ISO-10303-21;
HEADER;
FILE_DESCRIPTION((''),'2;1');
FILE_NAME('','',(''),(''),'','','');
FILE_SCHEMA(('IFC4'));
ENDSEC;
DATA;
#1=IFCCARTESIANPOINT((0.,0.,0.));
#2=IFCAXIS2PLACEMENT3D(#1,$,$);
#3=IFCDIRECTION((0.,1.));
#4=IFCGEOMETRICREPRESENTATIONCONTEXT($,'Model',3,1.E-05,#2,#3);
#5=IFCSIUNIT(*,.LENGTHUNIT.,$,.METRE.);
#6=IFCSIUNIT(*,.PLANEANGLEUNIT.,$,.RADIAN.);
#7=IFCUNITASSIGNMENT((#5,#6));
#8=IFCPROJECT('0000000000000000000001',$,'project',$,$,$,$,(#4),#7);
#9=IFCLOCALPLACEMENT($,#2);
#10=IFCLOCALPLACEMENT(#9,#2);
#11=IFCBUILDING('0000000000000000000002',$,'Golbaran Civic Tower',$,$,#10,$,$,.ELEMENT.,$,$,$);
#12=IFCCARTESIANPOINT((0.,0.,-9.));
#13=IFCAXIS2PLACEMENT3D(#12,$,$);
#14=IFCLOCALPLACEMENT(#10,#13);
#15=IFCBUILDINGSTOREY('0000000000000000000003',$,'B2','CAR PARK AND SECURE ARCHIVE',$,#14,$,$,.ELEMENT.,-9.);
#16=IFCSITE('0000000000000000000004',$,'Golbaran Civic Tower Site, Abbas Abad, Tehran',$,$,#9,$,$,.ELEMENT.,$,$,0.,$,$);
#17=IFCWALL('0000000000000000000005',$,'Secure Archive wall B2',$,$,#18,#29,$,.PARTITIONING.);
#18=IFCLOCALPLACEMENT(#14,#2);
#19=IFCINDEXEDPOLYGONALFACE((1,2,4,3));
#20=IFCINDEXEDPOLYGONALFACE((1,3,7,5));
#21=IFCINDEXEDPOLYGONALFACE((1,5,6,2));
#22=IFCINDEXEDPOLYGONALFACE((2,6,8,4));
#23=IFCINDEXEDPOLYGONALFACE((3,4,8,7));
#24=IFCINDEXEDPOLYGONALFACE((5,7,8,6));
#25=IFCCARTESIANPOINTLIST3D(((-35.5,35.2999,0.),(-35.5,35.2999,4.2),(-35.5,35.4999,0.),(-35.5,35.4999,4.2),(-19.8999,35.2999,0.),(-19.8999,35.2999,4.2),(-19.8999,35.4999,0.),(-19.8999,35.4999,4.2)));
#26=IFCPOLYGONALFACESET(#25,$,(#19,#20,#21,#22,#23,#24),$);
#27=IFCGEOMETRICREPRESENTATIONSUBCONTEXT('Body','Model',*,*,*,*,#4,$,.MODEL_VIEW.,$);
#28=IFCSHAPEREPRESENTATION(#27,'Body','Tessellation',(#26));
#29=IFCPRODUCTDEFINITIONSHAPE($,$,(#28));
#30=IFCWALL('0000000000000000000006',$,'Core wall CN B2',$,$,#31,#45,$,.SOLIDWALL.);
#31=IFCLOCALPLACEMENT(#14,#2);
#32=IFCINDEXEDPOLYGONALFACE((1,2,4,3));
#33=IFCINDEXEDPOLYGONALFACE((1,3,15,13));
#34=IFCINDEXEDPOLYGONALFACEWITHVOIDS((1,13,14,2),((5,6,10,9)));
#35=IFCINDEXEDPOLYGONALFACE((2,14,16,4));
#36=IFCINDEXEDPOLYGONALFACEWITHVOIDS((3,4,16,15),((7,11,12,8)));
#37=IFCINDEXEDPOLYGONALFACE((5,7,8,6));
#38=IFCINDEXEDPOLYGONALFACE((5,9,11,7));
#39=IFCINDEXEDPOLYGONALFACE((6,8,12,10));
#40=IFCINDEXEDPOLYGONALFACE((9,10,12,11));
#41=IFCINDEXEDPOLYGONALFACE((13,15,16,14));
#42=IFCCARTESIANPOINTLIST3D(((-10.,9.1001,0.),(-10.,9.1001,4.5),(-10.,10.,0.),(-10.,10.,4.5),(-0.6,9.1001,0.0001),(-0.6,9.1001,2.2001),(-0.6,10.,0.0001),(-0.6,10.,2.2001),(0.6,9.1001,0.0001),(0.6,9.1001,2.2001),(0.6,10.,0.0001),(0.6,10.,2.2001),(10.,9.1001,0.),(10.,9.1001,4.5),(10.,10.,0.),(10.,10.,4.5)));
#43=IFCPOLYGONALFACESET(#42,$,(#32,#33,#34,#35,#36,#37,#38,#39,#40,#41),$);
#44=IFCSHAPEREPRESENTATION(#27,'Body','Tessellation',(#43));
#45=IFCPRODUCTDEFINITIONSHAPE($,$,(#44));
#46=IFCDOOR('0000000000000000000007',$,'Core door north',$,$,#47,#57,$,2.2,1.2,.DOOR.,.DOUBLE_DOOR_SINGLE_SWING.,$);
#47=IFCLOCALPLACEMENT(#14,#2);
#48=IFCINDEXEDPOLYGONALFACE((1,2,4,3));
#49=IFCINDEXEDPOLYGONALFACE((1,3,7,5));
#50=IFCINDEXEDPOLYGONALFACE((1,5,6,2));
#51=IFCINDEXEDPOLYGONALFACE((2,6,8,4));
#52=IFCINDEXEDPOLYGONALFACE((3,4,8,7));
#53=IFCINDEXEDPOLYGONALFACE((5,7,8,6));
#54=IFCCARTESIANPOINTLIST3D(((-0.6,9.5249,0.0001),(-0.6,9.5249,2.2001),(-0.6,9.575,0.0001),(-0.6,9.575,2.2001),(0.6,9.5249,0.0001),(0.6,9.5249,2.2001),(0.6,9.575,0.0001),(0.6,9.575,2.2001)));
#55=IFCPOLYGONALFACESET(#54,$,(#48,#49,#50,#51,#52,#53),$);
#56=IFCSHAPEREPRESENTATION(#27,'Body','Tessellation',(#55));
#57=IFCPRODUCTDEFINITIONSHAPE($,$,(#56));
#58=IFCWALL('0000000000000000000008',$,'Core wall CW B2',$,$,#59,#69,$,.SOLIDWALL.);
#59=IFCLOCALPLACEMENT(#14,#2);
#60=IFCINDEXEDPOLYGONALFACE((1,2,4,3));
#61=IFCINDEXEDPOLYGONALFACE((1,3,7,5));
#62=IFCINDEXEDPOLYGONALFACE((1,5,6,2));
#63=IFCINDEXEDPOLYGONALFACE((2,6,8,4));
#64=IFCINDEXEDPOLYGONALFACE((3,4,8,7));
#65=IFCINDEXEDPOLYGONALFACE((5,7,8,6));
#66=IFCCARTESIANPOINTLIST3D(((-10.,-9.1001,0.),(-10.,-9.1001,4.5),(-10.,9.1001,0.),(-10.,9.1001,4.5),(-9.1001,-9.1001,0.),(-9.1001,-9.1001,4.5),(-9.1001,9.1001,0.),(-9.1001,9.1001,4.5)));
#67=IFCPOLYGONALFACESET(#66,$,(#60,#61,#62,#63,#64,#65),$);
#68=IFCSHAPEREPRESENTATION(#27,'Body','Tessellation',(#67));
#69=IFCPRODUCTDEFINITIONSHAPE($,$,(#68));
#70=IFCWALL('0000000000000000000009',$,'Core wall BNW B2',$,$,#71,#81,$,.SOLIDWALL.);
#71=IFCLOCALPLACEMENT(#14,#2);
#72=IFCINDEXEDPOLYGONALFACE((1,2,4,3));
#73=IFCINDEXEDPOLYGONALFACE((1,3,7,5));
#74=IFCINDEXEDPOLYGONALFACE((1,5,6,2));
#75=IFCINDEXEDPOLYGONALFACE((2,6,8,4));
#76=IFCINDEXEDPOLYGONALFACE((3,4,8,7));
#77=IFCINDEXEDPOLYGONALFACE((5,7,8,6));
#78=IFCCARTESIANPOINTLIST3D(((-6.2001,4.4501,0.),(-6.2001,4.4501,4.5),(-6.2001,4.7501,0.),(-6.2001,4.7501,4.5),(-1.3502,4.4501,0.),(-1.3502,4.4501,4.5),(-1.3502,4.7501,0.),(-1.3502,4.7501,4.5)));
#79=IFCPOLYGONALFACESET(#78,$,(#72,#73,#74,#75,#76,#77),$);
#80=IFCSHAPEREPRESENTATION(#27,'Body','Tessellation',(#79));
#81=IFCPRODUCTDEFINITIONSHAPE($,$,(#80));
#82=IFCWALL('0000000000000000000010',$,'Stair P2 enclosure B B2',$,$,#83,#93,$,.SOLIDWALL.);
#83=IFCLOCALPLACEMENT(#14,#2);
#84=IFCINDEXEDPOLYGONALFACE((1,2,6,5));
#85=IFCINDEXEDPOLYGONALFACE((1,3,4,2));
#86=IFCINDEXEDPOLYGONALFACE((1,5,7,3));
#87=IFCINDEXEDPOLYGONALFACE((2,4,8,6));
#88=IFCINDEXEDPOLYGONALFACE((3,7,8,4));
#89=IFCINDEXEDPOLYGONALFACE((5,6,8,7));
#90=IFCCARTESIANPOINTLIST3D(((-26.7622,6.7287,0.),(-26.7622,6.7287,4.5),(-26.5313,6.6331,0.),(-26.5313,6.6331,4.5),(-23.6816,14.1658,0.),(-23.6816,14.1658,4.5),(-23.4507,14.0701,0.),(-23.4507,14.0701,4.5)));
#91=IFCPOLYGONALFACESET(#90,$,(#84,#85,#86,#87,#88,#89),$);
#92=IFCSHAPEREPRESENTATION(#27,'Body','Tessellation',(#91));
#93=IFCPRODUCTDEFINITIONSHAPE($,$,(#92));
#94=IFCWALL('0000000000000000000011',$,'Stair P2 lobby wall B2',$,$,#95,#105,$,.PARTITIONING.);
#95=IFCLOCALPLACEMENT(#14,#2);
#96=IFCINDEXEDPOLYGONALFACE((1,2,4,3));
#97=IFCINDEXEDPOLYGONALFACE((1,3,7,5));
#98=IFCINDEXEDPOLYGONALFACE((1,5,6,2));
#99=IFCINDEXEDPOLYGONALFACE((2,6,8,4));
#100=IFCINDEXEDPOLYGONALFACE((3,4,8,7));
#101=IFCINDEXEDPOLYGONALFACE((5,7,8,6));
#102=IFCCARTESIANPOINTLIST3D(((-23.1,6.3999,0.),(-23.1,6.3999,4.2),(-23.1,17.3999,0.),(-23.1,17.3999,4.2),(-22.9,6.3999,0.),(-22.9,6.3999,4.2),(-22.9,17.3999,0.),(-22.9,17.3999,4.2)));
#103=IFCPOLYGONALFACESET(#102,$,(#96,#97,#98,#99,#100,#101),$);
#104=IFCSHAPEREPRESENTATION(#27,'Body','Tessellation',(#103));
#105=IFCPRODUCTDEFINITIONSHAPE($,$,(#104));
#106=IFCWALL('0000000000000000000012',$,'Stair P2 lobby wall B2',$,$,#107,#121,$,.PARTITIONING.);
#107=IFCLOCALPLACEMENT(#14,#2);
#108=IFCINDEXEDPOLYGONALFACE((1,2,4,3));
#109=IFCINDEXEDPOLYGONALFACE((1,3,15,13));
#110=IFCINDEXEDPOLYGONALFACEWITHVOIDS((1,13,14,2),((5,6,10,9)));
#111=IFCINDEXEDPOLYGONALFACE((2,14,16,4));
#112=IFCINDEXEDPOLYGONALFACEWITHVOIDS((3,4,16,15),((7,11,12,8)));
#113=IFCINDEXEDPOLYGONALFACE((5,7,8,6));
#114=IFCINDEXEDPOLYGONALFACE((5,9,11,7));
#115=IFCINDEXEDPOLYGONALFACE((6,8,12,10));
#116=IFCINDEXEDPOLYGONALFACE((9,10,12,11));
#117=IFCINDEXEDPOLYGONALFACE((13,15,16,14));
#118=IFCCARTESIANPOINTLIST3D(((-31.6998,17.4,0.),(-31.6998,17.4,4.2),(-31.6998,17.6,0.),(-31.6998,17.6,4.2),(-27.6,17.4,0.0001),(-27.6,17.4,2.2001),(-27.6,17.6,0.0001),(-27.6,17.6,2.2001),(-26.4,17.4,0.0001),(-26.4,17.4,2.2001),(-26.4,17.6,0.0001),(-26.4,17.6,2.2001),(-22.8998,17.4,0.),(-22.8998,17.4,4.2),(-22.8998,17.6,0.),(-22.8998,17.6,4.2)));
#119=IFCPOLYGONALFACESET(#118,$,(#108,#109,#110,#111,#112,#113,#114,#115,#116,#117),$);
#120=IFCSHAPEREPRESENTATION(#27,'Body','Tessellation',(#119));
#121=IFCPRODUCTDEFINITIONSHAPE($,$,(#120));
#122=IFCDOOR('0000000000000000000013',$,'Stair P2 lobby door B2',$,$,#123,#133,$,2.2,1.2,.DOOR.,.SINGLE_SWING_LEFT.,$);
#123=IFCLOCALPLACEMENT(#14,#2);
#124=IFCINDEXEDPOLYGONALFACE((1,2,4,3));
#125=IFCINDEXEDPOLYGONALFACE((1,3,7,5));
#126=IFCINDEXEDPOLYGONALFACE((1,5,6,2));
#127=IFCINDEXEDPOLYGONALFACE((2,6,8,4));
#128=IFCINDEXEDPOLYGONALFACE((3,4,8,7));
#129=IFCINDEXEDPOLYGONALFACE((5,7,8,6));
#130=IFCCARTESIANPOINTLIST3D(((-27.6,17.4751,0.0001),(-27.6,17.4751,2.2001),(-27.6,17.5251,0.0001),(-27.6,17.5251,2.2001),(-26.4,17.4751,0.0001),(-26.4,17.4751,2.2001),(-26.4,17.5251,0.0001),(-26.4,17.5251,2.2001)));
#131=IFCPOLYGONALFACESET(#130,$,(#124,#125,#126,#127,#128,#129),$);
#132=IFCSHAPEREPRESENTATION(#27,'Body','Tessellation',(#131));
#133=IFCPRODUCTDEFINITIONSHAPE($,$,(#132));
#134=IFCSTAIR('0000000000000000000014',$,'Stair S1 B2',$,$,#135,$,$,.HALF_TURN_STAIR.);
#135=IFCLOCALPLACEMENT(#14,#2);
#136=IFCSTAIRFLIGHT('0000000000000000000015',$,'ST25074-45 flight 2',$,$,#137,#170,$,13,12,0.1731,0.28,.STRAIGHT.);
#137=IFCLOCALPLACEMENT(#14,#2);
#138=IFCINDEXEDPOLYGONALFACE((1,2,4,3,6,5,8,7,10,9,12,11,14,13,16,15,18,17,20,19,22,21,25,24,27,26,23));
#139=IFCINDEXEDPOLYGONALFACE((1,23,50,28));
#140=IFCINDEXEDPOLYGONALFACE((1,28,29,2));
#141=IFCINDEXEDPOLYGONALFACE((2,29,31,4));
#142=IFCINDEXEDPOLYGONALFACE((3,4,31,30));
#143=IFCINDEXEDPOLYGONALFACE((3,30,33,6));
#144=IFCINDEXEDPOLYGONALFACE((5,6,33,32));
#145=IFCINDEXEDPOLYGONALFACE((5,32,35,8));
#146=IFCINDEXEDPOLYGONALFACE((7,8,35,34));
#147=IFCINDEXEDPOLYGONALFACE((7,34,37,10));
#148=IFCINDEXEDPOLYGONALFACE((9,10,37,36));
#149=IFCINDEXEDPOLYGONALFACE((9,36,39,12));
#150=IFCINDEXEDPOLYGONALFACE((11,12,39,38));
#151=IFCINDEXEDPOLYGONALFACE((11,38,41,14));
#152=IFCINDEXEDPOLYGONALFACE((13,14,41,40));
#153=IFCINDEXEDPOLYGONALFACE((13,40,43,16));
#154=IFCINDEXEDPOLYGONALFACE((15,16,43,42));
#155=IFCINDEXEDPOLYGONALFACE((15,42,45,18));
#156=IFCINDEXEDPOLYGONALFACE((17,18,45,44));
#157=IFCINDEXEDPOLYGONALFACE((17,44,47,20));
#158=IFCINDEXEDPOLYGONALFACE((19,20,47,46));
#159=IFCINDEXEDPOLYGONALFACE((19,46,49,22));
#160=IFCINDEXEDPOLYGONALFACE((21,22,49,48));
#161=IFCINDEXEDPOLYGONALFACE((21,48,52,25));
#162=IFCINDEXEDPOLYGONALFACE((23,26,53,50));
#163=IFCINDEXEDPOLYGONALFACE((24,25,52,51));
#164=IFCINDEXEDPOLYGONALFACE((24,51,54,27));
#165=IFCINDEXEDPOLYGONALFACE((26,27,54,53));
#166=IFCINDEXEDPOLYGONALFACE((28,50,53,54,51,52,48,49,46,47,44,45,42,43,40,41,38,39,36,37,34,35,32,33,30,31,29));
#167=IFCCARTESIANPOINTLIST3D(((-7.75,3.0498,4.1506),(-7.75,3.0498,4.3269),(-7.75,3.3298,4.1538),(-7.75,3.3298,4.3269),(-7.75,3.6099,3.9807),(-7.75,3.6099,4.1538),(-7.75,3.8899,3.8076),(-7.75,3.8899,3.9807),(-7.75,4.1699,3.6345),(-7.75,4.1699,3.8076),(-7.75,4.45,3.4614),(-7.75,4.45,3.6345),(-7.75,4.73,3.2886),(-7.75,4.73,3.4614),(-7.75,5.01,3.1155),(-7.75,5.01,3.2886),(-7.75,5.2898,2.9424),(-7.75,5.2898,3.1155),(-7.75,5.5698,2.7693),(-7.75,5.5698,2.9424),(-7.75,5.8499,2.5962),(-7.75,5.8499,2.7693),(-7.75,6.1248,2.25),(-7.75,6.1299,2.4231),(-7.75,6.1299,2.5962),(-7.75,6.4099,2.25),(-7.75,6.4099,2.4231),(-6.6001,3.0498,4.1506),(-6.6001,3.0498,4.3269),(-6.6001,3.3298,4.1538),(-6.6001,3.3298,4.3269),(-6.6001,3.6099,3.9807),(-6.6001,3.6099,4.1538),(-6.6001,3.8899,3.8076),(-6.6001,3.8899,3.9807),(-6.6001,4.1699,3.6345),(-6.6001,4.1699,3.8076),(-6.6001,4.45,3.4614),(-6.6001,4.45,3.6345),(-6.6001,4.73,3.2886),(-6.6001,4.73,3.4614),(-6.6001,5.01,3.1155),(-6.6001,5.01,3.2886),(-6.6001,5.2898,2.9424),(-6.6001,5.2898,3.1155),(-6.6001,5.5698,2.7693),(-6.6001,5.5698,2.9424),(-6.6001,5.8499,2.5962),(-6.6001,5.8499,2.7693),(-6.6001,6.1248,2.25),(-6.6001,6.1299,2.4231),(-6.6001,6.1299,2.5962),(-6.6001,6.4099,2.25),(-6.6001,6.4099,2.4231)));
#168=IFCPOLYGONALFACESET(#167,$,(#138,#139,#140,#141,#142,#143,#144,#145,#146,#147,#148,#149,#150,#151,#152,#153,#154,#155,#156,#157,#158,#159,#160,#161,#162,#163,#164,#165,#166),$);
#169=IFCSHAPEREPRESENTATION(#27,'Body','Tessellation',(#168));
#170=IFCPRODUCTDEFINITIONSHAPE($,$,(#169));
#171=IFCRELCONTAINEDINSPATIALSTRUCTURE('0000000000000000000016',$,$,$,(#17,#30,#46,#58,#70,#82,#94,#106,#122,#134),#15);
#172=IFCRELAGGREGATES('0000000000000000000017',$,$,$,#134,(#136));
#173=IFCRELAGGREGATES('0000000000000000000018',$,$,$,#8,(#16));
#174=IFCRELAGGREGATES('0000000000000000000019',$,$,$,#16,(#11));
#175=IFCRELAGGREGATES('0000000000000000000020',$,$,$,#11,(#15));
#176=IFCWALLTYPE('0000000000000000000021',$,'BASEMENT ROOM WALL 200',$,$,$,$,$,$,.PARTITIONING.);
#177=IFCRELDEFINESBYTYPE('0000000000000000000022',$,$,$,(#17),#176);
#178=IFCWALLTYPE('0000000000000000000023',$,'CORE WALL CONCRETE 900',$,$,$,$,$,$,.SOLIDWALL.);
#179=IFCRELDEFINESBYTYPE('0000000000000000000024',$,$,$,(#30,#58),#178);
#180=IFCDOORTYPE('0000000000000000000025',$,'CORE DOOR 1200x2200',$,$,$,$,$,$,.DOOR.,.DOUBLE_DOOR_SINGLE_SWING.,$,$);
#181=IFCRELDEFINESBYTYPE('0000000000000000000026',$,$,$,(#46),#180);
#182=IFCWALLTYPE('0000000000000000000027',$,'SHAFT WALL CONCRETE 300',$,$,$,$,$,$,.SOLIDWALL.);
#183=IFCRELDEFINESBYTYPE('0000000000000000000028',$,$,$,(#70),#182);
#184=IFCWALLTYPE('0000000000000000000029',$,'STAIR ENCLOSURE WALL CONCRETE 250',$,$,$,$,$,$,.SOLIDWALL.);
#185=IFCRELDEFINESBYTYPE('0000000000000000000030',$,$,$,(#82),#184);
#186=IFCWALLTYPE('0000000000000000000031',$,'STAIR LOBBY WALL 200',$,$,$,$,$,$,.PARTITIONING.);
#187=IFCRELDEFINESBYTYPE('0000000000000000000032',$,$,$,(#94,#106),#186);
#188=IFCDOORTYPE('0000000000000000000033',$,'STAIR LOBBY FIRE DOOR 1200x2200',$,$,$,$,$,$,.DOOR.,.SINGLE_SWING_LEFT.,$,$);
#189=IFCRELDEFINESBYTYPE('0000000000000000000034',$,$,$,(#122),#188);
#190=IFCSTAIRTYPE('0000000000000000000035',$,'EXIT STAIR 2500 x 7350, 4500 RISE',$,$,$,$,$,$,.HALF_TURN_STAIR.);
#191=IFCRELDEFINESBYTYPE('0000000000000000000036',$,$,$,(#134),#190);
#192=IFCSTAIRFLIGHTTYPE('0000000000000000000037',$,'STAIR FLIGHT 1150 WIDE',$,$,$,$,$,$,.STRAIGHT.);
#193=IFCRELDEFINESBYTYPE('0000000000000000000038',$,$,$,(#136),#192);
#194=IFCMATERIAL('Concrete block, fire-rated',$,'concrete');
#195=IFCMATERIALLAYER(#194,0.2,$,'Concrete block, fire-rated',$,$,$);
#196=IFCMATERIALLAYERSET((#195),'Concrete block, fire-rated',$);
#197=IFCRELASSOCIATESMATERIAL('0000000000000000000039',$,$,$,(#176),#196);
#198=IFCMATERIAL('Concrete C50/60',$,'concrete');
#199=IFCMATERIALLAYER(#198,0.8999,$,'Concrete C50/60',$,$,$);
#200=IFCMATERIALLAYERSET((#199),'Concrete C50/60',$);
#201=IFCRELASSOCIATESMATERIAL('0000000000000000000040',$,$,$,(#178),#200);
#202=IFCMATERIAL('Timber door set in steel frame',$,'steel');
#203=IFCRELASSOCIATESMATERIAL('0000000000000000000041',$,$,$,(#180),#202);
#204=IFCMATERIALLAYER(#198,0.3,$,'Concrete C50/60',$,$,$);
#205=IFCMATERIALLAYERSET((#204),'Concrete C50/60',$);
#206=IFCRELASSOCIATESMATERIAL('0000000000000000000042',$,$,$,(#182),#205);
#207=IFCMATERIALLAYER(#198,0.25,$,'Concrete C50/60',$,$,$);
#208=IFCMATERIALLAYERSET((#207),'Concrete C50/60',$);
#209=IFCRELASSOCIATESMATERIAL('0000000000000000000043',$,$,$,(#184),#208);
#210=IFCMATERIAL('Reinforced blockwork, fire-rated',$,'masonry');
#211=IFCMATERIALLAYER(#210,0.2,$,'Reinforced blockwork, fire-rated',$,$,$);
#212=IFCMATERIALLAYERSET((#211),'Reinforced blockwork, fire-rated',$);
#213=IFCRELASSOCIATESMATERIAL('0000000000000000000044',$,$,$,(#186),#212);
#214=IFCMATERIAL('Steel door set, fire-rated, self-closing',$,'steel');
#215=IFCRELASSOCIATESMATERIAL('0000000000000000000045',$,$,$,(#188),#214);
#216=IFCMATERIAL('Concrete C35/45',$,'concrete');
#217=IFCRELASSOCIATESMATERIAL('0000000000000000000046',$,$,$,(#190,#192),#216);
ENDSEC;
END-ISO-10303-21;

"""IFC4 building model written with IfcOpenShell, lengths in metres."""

from ifc_helpers import new_model, si_unit, direction, frame, frame_2d, origin, place, context, subcontext, project, spatial, polyline, rectangle, outline, extrude, material, layer, layer_set, type_object, element, fill, aggregate, save


model = new_model("IFC4")

# Units and contexts
model_context = context("Model", 3, precision=1e-05, world=origin(), true_north=direction((0.0, 1.0)))
body_context = subcontext(model_context, "Body", "Model", "MODEL_VIEW")
ifc_project = project(units=[si_unit("LENGTHUNIT", "METRE"), si_unit("PLANEANGLEUNIT", "RADIAN")], contexts=[model_context])

# Site, building, storey
site_placement = place(None, origin())
site = spatial("IfcSite", under=ifc_project, at=site_placement, Name="Golbaran Civic Tower Site, Abbas Abad, Tehran", CompositionType="ELEMENT", RefElevation=0.0)
building_placement = place(site_placement, origin())
building = spatial("IfcBuilding", under=site, at=building_placement, Name="Golbaran Civic Tower", CompositionType="ELEMENT")
storey_placement = place(building_placement, frame((0.0, 0.0, -9.0)))
storey = spatial("IfcBuildingStorey", under=building, at=storey_placement, Name="B2", Description="CAR PARK AND SECURE ARCHIVE", CompositionType="ELEMENT", Elevation=-9.0)

# Shared definitions
ifc_material_1 = material(Name="Concrete C50/60", Category="concrete")

# Shared definitions
ifc_material_2 = material(Name="Concrete block, fire-rated", Category="concrete")

# Shared definitions
ifc_layer_1 = layer(ifc_material_2, 0.2, Name="Concrete block, fire-rated")
ifc_layer_set_1 = layer_set([ifc_layer_1], Name="Concrete block, fire-rated")
wall_type_1 = type_object("IfcWallType", Name="BASEMENT ROOM WALL 200", PredefinedType="PARTITIONING", material=ifc_layer_set_1)

# Wall
wall_1_placement = place(storey_placement, frame((-19.8999, 35.3999, 0.0), z_axis=(0.0, 0.0, 1.0), x_axis=(-1.0, 0.0, 0.0)))
element("IfcWall", 1, at=wall_1_placement, inside=storey, type_object=wall_type_1, Name="Secure Archive wall B2", PredefinedType="PARTITIONING", context=body_context, shape_type="SweptSolid", body=[
    extrude(rectangle(XDim=15.6001, YDim=0.2, at=frame_2d((7.8, 0.0))), origin(), (0.0, 0.0, 1.0), 4.2),
])

# Wall, opening, door
ifc_layer_2 = layer(ifc_material_1, 0.8999, Name="Concrete C50/60")
ifc_layer_set_2 = layer_set([ifc_layer_2], Name="Concrete C50/60")
wall_type_2 = type_object("IfcWallType", Name="CORE WALL CONCRETE 900", PredefinedType="SOLIDWALL", material=ifc_layer_set_2)
wall_2_placement = place(storey_placement, frame((-10.0, 9.55, 0.0), z_axis=(0.0, 0.0, 1.0), x_axis=(1.0, 0.0, 0.0)))
wall_2 = element("IfcWall", 2, at=wall_2_placement, inside=storey, type_object=wall_type_2, Name="Core wall CN B2", PredefinedType="SOLIDWALL", context=body_context, shape_type="SweptSolid", body=[
    extrude(rectangle(XDim=20.0, YDim=0.8999, at=frame_2d((10.0, 0.0))), origin(), (0.0, 0.0, 1.0), 4.5),
])
opening_1_placement = place(wall_2_placement, frame((9.3999, 0.0, 0.0)))
opening_1 = element("IfcOpeningElement", 3, at=opening_1_placement, cuts=wall_2, PredefinedType="OPENING", context=body_context, shape_type="SweptSolid", body=[
    extrude(rectangle(XDim=1.2, YDim=2.2, at=frame_2d((0.6001, 1.1001))), frame((0.0, 0.46, 0.0), z_axis=(0.0, -1.0, 0.0), x_axis=(1.0, 0.0, 0.0)), (0.0, 0.0, 1.0), 0.9199),
])
ifc_material_3 = material(Name="Timber door set in steel frame", Category="steel")
door_type_1 = type_object("IfcDoorType", Name="CORE DOOR 1200x2200", OperationType="DOUBLE_DOOR_SINGLE_SWING", PredefinedType="DOOR", material=ifc_material_3)
door_1_placement = place(opening_1_placement, origin())
door_1 = element("IfcDoor", 4, at=door_1_placement, inside=storey, type_object=door_type_1, Name="Core door north", OperationType="DOUBLE_DOOR_SINGLE_SWING", OverallHeight=2.2, OverallWidth=1.2, PredefinedType="DOOR", context=body_context, shape_type="SweptSolid", body=[
    extrude(rectangle(XDim=1.2, YDim=2.2, at=frame_2d((0.6001, 1.1001))), frame((0.0, 0.0249, 0.0), z_axis=(0.0, -1.0, 0.0), x_axis=(1.0, 0.0, 0.0)), (0.0, 0.0, 1.0), 0.05),
])
fill(opening_1, door_1)

# Walls
wall_3_placement = place(storey_placement, frame((-9.55, 9.1001, 0.0), z_axis=(0.0, 0.0, 1.0), x_axis=(0.0, -1.0, 0.0)))
element("IfcWall", 5, at=wall_3_placement, inside=storey, type_object=wall_type_2, Name="Core wall CW B2", PredefinedType="SOLIDWALL", context=body_context, shape_type="SweptSolid", body=[
    extrude(rectangle(XDim=18.2002, YDim=0.8999, at=frame_2d((9.1001, 0.0))), origin(), (0.0, 0.0, 1.0), 4.5),
])
ifc_layer_3 = layer(ifc_material_1, 0.3, Name="Concrete C50/60")
ifc_layer_set_3 = layer_set([ifc_layer_3], Name="Concrete C50/60")
wall_type_3 = type_object("IfcWallType", Name="SHAFT WALL CONCRETE 300", PredefinedType="SOLIDWALL", material=ifc_layer_set_3)
wall_4_placement = place(storey_placement, frame((-6.2, 4.6001, 0.0), z_axis=(0.0, 0.0, 1.0), x_axis=(1.0, 0.0, 0.0)))
element("IfcWall", 6, at=wall_4_placement, inside=storey, type_object=wall_type_3, Name="Core wall BNW B2", PredefinedType="SOLIDWALL", context=body_context, shape_type="SweptSolid", body=[
    extrude(rectangle(XDim=4.8499, YDim=0.3, at=frame_2d((2.4248, 0.0))), origin(), (0.0, 0.0, 1.0), 4.5),
])
ifc_layer_4 = layer(ifc_material_1, 0.25, Name="Concrete C50/60")
ifc_layer_set_4 = layer_set([ifc_layer_4], Name="Concrete C50/60")
wall_type_4 = type_object("IfcWallType", Name="STAIR ENCLOSURE WALL CONCRETE 250", PredefinedType="SOLIDWALL", material=ifc_layer_set_4)
wall_5_placement = place(storey_placement, frame((-23.5662, 14.1179, 0.0), z_axis=(0.0, 0.0, 1.0), x_axis=(-0.382689, -0.923877, 0.0)))
element("IfcWall", 7, at=wall_5_placement, inside=storey, type_object=wall_type_4, Name="Stair P2 enclosure B B2", PredefinedType="SOLIDWALL", context=body_context, shape_type="SweptSolid", body=[
    extrude(rectangle(XDim=8.0498, YDim=0.25, at=frame_2d((4.0249, 0.0))), origin(), (0.0, 0.0, 1.0), 4.5),
])
ifc_material_4 = material(Name="Reinforced blockwork, fire-rated", Category="masonry")
ifc_layer_5 = layer(ifc_material_4, 0.2, Name="Reinforced blockwork, fire-rated")
ifc_layer_set_5 = layer_set([ifc_layer_5], Name="Reinforced blockwork, fire-rated")
wall_type_5 = type_object("IfcWallType", Name="STAIR LOBBY WALL 200", PredefinedType="PARTITIONING", material=ifc_layer_set_5)
wall_6_placement = place(storey_placement, frame((-23.0, 6.3999, 0.0), z_axis=(0.0, 0.0, 1.0), x_axis=(0.0, 1.0, 0.0)))
element("IfcWall", 8, at=wall_6_placement, inside=storey, type_object=wall_type_5, Name="Stair P2 lobby wall B2", PredefinedType="PARTITIONING", context=body_context, shape_type="SweptSolid", body=[
    extrude(rectangle(XDim=11.0, YDim=0.2, at=frame_2d((5.5, 0.0))), origin(), (0.0, 0.0, 1.0), 4.2),
])

# Wall, opening, door
wall_7_placement = place(storey_placement, frame((-22.8999, 17.5, 0.0), z_axis=(0.0, 0.0, 1.0), x_axis=(-1.0, 0.0, 0.0)))
wall_7 = element("IfcWall", 9, at=wall_7_placement, inside=storey, type_object=wall_type_5, Name="Stair P2 lobby wall B2", PredefinedType="PARTITIONING", context=body_context, shape_type="SweptSolid", body=[
    extrude(rectangle(XDim=8.8, YDim=0.2, at=frame_2d((4.3999, 0.0))), origin(), (0.0, 0.0, 1.0), 4.2),
])
opening_2_placement = place(wall_7_placement, frame((3.5, 0.0, 0.0)))
opening_2 = element("IfcOpeningElement", 10, at=opening_2_placement, cuts=wall_7, PredefinedType="OPENING", context=body_context, shape_type="SweptSolid", body=[
    extrude(rectangle(XDim=1.2, YDim=2.2, at=frame_2d((0.6001, 1.1001))), frame((0.0, 0.1099, 0.0), z_axis=(0.0, -1.0, 0.0), x_axis=(1.0, 0.0, 0.0)), (0.0, 0.0, 1.0), 0.22),
])
ifc_material_5 = material(Name="Steel door set, fire-rated, self-closing", Category="steel")
door_type_2 = type_object("IfcDoorType", Name="STAIR LOBBY FIRE DOOR 1200x2200", OperationType="SINGLE_SWING_LEFT", PredefinedType="DOOR", material=ifc_material_5)
door_2_placement = place(opening_2_placement, origin())
door_2 = element("IfcDoor", 11, at=door_2_placement, inside=storey, type_object=door_type_2, Name="Stair P2 lobby door B2", OperationType="SINGLE_SWING_LEFT", OverallHeight=2.2, OverallWidth=1.2, PredefinedType="DOOR", context=body_context, shape_type="SweptSolid", body=[
    extrude(rectangle(XDim=1.2, YDim=2.2, at=frame_2d((0.6001, 1.1001))), frame((0.0, 0.0249, 0.0), z_axis=(0.0, -1.0, 0.0), x_axis=(1.0, 0.0, 0.0)), (0.0, 0.0, 1.0), 0.05),
])
fill(opening_2, door_2)

# Stair, stair flight
ifc_material_6 = material(Name="Concrete C35/45", Category="concrete")
stair_type_1 = type_object("IfcStairType", Name="EXIT STAIR 2500 x 7350, 4500 RISE", PredefinedType="HALF_TURN_STAIR", material=ifc_material_6)
stair_1_placement = place(storey_placement, origin())
stair_1 = element("IfcStair", 12, at=stair_1_placement, inside=storey, type_object=stair_type_1, Name="Stair S1 B2", PredefinedType="HALF_TURN_STAIR")
stair_flight_type_1 = type_object("IfcStairFlightType", Name="STAIR FLIGHT 1150 WIDE", PredefinedType="STRAIGHT", material=ifc_material_6)
stair_flight_1_placement = place(storey_placement, frame((-7.175, 6.4099, 2.25), z_axis=(0.0, 0.0, 1.0), x_axis=(0.0, -1.0, 0.0)))
stair_flight_1 = element("IfcStairFlight", 13, at=stair_flight_1_placement, type_object=stair_flight_type_1, Name="ST25074-45 flight 2", NumberOfRisers=13, NumberOfTreads=12, PredefinedType="STRAIGHT", RiserHeight=0.1731, TreadLength=0.28, context=body_context, shape_type="SweptSolid", body=[
    extrude(outline(polyline([(0.0, 0.0), (0.0, 0.1731), (0.28, 0.1731), (0.28, 0.3462), (0.5601, 0.3462), (0.5601, 0.5193), (0.8401, 0.5193), (0.8401, 0.6924), (1.1201, 0.6924), (1.1201, 0.8655), (1.3999, 0.8655), (1.3999, 1.0386), (1.6799, 1.0386), (1.6799, 1.2114), (1.96, 1.2114), (1.96, 1.3845), (2.24, 1.3845), (2.24, 1.5576), (2.52, 1.5576), (2.52, 1.7307), (2.8, 1.7307), (2.8, 1.9038), (3.0801, 1.9038), (3.0801, 2.0769), (3.3601, 2.0769), (3.3601, 2.25), (3.3601, 1.9006), (0.2852, 0.0), (0.0, 0.0)])), frame((0.0, 0.575, 0.0), z_axis=(0.0, -1.0, 0.0), x_axis=(1.0, 0.0, 0.0)), (0.0, 0.0, 1.0), 1.1499),
])
aggregate(stair_1, [stair_flight_1])

save(model, "model.ifc")
